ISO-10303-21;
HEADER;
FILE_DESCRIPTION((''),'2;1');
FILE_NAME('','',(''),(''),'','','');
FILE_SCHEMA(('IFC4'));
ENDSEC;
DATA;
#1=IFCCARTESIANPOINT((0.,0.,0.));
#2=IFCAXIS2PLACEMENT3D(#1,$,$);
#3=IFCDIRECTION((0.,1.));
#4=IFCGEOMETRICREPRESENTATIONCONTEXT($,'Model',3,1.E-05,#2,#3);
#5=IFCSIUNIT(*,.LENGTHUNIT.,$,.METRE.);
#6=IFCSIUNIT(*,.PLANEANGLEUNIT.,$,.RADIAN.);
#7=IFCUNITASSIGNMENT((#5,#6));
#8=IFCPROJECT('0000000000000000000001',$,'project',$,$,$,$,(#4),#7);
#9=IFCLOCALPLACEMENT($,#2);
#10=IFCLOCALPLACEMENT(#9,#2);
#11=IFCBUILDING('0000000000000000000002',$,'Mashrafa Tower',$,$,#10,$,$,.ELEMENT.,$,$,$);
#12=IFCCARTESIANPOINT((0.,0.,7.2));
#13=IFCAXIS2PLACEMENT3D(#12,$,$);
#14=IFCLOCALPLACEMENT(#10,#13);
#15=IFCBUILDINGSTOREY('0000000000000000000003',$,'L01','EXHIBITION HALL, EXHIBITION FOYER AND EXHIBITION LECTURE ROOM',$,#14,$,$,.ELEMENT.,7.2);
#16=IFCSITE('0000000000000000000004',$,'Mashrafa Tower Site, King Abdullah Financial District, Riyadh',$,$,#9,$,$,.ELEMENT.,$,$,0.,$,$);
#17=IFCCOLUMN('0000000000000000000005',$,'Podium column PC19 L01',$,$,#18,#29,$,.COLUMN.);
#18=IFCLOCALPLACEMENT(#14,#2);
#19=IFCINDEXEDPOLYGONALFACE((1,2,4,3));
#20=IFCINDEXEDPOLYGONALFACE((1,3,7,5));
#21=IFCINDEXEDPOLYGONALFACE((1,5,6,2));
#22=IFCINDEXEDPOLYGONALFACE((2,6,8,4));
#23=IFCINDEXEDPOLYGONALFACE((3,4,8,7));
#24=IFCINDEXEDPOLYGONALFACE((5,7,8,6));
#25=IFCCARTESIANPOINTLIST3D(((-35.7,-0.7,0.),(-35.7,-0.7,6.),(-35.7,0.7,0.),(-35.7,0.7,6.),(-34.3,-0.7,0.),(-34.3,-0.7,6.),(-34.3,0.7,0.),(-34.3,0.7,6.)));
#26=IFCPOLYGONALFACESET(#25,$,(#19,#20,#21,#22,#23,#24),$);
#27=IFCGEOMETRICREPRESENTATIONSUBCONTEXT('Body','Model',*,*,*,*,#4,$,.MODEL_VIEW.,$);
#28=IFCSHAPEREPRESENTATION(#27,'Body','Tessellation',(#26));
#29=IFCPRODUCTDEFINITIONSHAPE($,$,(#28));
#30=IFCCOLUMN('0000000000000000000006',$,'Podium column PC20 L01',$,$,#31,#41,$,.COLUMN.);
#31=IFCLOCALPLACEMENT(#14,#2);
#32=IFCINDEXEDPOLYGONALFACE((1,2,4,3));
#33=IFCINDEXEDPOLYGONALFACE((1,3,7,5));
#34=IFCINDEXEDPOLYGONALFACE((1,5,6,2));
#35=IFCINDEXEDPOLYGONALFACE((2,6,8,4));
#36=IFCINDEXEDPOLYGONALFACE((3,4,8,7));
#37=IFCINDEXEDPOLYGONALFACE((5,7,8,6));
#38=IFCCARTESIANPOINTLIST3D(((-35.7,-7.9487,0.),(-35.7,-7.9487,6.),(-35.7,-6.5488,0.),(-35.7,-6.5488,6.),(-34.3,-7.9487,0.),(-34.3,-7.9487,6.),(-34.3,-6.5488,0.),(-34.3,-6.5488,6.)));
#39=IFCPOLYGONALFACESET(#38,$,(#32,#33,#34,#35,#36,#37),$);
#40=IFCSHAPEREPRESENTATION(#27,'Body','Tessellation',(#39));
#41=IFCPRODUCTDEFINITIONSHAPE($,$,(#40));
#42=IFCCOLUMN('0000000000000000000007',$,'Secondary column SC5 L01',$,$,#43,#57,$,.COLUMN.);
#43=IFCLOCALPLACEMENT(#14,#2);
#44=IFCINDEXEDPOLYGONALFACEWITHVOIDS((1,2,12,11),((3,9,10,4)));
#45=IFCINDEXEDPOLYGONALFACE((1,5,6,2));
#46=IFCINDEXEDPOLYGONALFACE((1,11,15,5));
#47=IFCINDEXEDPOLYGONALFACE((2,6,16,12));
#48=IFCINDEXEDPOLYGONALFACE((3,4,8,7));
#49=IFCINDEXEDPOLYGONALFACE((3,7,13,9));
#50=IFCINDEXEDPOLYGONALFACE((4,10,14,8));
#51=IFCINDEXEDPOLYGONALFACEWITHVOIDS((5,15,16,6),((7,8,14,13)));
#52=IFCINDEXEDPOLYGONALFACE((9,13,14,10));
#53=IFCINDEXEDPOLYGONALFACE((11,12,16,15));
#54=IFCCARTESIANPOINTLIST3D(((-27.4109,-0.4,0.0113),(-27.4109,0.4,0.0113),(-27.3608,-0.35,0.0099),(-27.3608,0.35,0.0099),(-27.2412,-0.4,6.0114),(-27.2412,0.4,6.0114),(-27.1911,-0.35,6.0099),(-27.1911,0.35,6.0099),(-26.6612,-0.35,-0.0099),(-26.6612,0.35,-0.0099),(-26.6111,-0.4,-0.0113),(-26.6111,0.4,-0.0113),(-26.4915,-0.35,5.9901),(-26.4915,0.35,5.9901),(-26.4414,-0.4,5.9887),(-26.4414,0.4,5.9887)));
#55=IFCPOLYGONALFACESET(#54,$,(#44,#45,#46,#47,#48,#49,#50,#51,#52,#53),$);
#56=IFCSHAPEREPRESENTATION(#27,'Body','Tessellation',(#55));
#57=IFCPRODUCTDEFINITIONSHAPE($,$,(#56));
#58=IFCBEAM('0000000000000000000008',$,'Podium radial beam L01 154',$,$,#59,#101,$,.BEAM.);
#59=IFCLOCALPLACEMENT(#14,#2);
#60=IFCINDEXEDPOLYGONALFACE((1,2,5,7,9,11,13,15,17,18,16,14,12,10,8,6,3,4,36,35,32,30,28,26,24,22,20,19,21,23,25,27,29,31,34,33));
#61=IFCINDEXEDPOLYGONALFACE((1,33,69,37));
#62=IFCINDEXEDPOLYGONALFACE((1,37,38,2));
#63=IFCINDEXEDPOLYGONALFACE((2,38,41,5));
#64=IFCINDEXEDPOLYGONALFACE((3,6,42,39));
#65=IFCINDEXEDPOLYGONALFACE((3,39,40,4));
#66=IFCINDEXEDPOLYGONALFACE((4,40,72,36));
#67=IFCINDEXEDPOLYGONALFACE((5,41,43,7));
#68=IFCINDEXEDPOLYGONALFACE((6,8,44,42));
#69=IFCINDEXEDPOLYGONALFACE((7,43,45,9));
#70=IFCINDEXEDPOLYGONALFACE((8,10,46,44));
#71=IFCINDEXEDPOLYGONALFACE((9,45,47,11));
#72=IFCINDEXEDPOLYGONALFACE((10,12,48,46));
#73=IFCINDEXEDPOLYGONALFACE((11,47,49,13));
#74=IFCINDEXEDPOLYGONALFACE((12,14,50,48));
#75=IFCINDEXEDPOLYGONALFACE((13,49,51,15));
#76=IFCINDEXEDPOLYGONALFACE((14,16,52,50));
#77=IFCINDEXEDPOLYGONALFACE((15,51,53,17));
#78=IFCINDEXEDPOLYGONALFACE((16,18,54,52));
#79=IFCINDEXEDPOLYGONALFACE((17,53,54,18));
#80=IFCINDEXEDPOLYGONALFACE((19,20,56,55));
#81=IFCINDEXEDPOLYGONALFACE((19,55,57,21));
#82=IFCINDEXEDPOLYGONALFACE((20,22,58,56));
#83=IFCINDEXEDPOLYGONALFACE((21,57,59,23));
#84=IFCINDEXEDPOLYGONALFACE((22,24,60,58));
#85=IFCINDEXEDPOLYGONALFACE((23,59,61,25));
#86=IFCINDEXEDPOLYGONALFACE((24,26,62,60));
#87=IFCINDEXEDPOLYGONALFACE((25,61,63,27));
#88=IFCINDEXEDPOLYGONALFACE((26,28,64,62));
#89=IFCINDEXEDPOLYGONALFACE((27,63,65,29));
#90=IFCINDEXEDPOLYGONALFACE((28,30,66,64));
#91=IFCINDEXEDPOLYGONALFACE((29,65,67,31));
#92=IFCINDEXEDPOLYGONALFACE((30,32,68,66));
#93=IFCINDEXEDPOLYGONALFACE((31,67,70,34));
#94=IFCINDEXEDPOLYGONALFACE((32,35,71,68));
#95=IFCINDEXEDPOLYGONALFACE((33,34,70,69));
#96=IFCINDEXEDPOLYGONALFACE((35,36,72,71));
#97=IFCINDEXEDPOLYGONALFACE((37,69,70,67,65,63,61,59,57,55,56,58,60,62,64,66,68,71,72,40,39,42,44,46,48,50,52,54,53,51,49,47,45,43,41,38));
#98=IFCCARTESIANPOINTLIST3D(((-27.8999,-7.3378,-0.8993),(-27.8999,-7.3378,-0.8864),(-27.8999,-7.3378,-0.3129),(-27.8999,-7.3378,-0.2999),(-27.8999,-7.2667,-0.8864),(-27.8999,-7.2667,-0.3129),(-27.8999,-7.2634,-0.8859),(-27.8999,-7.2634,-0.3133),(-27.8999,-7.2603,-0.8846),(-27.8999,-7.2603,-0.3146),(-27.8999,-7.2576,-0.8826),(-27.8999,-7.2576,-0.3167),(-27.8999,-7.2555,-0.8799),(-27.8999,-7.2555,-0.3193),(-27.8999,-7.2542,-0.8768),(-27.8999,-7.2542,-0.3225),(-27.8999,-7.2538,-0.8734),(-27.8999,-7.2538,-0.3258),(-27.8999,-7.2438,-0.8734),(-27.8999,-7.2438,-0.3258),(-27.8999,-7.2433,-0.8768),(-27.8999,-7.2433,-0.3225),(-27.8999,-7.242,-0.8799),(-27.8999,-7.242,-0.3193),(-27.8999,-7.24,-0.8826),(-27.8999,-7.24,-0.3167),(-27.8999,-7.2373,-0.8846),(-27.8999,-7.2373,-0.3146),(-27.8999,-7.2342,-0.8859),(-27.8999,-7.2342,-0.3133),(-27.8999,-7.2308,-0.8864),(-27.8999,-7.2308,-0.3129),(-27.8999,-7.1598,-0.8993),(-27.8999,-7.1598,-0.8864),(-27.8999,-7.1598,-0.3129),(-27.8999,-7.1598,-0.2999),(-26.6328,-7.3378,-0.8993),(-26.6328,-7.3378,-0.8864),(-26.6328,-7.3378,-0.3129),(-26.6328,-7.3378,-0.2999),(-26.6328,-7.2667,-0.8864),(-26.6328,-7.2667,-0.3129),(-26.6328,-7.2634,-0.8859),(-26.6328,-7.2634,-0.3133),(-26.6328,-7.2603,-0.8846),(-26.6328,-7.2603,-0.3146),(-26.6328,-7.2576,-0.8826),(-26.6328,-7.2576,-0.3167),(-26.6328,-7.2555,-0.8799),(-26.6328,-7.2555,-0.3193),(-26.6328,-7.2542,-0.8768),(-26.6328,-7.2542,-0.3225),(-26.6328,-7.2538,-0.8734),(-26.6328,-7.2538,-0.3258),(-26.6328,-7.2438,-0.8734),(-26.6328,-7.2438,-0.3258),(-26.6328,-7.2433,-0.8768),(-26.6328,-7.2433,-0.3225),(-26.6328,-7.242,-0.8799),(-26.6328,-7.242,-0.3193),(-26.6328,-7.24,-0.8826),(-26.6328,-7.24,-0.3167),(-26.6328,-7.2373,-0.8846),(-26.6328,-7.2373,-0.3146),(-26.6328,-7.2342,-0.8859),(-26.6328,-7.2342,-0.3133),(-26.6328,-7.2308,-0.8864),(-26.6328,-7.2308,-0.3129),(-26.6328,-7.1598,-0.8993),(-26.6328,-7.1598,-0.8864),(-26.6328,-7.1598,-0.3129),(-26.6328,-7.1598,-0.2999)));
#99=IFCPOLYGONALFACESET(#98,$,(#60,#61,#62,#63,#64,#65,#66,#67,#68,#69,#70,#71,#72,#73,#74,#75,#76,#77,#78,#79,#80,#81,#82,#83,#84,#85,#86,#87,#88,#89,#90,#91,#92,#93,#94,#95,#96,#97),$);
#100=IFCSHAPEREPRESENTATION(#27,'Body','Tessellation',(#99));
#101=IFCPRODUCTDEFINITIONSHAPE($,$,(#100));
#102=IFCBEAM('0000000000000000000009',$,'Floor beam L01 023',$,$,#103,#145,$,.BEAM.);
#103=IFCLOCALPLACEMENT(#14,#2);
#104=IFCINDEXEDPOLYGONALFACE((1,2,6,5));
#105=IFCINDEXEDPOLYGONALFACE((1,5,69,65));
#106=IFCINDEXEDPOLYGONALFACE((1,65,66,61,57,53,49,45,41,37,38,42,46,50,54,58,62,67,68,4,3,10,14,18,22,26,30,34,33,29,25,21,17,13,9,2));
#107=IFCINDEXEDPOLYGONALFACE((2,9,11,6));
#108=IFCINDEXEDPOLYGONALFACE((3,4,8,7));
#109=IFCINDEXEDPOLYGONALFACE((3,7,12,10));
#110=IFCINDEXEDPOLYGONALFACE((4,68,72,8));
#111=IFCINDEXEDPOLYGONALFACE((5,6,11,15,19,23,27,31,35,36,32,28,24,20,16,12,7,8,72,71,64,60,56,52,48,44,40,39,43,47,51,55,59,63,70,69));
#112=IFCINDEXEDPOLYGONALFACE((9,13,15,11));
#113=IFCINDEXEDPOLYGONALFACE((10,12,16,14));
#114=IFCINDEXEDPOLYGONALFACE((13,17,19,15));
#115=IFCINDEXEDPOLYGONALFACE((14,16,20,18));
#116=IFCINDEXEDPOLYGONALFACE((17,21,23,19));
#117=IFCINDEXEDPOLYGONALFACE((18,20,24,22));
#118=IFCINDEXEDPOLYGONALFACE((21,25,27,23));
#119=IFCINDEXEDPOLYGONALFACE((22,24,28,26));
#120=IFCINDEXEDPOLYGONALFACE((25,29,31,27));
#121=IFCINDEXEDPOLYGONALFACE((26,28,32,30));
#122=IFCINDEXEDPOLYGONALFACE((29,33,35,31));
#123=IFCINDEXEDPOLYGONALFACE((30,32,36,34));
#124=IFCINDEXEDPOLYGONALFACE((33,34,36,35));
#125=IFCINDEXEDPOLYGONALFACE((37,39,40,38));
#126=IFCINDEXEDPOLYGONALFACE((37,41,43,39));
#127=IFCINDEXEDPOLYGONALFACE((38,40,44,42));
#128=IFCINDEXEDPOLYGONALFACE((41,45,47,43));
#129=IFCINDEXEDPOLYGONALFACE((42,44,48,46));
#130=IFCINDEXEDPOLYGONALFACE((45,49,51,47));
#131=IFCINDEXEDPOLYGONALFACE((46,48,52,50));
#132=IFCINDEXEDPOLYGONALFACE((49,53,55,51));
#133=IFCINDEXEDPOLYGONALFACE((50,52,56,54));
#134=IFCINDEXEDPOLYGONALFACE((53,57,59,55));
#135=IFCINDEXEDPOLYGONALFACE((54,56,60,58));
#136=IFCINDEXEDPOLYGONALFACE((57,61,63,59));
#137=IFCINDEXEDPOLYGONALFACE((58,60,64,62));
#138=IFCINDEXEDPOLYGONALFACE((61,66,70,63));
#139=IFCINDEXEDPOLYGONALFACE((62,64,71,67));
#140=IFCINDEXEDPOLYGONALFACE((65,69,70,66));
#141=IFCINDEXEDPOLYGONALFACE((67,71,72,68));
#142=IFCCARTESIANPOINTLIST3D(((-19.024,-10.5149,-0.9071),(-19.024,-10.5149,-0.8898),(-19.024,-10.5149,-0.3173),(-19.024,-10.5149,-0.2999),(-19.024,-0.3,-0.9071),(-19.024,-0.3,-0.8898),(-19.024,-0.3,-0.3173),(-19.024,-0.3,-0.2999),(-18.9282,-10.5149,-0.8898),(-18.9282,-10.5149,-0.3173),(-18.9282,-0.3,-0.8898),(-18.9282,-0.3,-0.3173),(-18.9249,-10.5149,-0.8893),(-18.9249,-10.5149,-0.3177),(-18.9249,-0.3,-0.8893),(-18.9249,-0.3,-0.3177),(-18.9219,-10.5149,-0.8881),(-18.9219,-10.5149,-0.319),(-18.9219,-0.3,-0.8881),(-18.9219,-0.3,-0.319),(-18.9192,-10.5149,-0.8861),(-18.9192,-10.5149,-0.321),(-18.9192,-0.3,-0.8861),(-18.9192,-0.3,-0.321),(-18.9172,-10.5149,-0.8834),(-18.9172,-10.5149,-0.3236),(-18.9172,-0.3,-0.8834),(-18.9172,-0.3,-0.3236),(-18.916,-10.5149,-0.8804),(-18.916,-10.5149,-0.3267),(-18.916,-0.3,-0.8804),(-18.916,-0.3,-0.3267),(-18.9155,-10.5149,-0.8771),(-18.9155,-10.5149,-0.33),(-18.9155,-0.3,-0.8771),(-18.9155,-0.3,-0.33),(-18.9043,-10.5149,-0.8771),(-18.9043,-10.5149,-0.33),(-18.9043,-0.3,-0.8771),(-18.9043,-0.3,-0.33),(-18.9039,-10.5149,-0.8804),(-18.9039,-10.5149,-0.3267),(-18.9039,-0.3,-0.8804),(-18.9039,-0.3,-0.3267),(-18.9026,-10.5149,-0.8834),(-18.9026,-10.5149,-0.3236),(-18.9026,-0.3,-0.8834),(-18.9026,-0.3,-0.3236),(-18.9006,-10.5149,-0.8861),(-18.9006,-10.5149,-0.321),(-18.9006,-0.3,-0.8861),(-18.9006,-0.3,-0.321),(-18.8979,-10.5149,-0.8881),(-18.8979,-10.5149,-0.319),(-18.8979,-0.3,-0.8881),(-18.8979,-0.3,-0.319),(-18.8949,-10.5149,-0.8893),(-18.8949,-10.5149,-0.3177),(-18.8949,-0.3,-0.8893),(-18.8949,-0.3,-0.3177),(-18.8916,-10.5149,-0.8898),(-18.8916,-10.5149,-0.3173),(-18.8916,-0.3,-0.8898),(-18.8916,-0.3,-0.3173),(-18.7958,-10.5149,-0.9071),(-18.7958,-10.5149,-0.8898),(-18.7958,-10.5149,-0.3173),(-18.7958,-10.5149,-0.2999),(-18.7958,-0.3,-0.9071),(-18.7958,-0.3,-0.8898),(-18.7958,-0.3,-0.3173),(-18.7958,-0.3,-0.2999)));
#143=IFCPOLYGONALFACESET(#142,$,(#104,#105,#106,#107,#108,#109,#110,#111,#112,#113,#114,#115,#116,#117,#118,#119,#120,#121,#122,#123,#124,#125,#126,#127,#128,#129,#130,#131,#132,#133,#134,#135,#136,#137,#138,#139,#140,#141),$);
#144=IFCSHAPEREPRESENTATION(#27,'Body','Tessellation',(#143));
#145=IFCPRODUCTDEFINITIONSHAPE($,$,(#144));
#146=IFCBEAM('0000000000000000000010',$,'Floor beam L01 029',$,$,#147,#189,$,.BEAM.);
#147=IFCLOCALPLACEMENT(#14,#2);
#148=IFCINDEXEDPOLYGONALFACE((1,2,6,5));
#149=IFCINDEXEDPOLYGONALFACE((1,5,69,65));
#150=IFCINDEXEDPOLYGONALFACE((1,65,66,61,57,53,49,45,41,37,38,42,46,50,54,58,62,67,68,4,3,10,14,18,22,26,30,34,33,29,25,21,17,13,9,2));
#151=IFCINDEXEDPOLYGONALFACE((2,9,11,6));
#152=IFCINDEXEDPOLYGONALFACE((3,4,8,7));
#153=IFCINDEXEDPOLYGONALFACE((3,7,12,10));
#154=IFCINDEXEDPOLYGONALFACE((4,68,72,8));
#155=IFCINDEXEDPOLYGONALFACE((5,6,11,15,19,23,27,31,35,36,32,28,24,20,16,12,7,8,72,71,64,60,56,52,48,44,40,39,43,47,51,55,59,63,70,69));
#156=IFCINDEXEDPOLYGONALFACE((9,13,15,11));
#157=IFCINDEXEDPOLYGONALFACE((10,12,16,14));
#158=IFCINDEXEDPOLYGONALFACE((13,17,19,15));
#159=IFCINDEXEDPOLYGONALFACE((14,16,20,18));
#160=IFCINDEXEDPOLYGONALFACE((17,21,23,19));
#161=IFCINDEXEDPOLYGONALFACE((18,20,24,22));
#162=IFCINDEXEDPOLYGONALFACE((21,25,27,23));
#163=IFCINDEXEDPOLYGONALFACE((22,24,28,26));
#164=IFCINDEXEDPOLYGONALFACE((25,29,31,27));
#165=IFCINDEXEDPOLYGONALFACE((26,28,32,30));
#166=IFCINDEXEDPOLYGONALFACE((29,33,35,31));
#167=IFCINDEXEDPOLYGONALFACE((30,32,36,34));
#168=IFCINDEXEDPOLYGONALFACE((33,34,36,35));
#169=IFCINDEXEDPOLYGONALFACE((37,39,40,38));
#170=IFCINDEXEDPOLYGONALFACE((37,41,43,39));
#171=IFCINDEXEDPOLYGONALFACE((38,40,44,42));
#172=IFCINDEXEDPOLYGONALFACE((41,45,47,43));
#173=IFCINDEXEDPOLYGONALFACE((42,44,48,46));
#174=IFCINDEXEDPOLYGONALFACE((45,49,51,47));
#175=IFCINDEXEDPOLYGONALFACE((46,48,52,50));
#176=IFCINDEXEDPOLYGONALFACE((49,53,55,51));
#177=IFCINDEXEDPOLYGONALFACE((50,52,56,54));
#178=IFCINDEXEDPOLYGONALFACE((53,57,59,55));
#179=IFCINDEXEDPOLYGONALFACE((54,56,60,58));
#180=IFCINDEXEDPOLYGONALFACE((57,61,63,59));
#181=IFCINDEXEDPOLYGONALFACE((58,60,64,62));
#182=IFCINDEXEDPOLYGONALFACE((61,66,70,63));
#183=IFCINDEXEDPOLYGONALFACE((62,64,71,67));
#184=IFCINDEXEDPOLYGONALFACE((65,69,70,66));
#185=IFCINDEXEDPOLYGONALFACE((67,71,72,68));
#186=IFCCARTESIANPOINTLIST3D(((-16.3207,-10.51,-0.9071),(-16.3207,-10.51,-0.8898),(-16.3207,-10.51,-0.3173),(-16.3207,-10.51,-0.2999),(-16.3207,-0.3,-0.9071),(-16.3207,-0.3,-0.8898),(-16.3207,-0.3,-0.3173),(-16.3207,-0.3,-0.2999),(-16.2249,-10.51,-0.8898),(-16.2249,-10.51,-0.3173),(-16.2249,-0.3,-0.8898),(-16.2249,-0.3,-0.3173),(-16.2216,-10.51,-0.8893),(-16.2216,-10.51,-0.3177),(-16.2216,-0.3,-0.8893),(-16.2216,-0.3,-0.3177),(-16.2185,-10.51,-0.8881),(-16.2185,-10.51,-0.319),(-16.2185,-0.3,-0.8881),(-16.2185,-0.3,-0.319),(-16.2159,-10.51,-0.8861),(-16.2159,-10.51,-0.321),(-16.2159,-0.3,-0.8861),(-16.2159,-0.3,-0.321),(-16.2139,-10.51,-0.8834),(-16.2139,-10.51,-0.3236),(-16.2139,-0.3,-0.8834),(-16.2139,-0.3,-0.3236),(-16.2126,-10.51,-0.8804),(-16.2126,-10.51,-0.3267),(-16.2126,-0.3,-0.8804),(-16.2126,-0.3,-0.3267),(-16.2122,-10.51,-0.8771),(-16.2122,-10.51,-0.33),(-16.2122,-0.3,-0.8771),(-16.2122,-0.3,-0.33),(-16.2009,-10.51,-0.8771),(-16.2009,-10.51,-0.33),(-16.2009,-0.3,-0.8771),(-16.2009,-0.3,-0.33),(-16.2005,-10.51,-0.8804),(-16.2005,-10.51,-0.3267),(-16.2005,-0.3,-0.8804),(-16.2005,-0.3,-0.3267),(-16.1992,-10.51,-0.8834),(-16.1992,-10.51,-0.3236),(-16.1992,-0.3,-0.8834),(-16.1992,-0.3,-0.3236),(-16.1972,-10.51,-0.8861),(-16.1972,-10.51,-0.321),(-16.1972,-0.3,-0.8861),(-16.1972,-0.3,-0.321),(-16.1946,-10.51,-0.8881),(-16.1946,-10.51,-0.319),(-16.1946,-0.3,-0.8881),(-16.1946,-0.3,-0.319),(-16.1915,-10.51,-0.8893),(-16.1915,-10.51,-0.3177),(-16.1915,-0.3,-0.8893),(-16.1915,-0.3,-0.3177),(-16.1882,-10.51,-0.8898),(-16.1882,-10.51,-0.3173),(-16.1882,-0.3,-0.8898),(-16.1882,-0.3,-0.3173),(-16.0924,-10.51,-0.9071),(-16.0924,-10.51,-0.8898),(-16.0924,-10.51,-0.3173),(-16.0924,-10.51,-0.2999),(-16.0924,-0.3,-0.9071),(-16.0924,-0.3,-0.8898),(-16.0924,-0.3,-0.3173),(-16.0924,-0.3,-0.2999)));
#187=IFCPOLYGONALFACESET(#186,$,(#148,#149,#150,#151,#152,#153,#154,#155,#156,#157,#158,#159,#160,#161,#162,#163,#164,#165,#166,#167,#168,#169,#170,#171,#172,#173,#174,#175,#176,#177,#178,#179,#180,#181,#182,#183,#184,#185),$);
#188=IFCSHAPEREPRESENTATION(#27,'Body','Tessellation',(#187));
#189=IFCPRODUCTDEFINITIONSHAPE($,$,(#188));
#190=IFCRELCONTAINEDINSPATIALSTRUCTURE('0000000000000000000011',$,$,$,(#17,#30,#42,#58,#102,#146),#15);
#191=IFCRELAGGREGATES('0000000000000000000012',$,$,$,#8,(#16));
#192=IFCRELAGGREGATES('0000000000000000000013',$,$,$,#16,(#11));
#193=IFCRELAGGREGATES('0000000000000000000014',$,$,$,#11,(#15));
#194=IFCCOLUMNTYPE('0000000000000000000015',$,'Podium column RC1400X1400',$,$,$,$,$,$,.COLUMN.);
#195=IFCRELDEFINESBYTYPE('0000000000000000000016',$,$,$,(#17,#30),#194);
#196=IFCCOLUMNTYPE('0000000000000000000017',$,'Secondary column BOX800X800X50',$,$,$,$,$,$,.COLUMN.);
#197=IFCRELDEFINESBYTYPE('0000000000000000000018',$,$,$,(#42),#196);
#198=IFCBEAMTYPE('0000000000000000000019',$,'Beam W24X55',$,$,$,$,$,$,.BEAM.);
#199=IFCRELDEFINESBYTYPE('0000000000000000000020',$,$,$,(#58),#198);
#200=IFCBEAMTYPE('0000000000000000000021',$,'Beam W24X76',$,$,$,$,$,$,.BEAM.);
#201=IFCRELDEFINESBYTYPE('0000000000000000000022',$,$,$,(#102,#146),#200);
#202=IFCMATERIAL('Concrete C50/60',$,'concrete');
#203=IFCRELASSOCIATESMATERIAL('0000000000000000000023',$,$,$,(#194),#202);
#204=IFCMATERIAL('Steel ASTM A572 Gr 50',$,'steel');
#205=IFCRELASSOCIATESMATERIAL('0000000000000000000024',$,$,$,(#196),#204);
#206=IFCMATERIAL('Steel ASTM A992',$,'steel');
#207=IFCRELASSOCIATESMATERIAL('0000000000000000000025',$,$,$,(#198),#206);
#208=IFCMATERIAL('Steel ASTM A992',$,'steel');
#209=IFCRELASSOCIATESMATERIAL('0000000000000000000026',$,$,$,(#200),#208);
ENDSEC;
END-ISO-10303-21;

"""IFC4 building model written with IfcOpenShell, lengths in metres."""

from ifc_helpers import new_model, si_unit, direction, frame, origin, origin_2d, place, context, subcontext, project, spatial, rectangle, hollow_rectangle, i_section, extrude, material, material_profile, profile_set, type_object, element, save


model = new_model("IFC4")

# Units and contexts
model_context = context("Model", 3, precision=1e-05, world=origin(), true_north=direction((0.0, 1.0)))
body_context = subcontext(model_context, "Body", "Model", "MODEL_VIEW")
ifc_project = project(units=[si_unit("LENGTHUNIT", "METRE"), si_unit("PLANEANGLEUNIT", "RADIAN")], contexts=[model_context])

# Site, building, storey
site_placement = place(None, origin())
site = spatial("IfcSite", under=ifc_project, at=site_placement, Name="Mashrafa Tower Site, King Abdullah Financial District, Riyadh", CompositionType="ELEMENT", RefElevation=0.0)
building_placement = place(site_placement, origin())
building = spatial("IfcBuilding", under=site, at=building_placement, Name="Mashrafa Tower", CompositionType="ELEMENT")
storey_placement = place(building_placement, frame((0.0, 0.0, 7.2)))
storey = spatial("IfcBuildingStorey", under=building, at=storey_placement, Name="L01", Description="EXHIBITION HALL, EXHIBITION FOYER AND EXHIBITION LECTURE ROOM", CompositionType="ELEMENT", Elevation=7.2)

# Columns
ifc_material_1 = material(Name="Concrete C50/60", Category="concrete")
ifc_material_profile_1 = material_profile(ifc_material_1, rectangle(XDim=1.3999, YDim=1.3999, at=origin_2d()), Name="RC1400X1400")
ifc_profile_set_1 = profile_set([ifc_material_profile_1], Name="Concrete C50/60")
column_type_1 = type_object("IfcColumnType", Name="Podium column RC1400X1400", PredefinedType="COLUMN", material=ifc_profile_set_1)
for number, where, z_axis, x_axis, name in (
    (1, (-35.0, 0.0, 0.0), (0.0, 0.0, 1.0), (1.0, 0.0, 0.0), "Podium column PC19 L01"),
    (2, (-35.0, -7.2488, 0.0), (0.0, 0.0, 1.0), (1.0, 0.0, 0.0), "Podium column PC20 L01"),
):
    element("IfcColumn", number, at=place(storey_placement, frame(where, z_axis=z_axis, x_axis=x_axis)), inside=storey, type_object=column_type_1, Name=name, PredefinedType="COLUMN", context=body_context, shape_type="SweptSolid", body=[
        extrude(rectangle(XDim=1.3999, YDim=1.3999, at=origin_2d()), origin(), (0.0, 0.0, 1.0), 6.0),
    ])
ifc_material_2 = material(Name="Steel ASTM A572 Gr 50", Category="steel")
ifc_material_profile_2 = material_profile(ifc_material_2, hollow_rectangle(XDim=0.8, YDim=0.8, WallThickness=0.05, at=origin_2d()), Name="BOX800X800X50")
ifc_profile_set_2 = profile_set([ifc_material_profile_2], Name="Steel ASTM A572 Gr 50")
column_type_2 = type_object("IfcColumnType", Name="Secondary column BOX800X800X50", PredefinedType="COLUMN", material=ifc_profile_set_2)
column_placement = place(storey_placement, frame((-27.011, 0.0, 0.0), z_axis=(0.028268, 0.0, 0.9996), x_axis=(0.0, 1.0, 0.0)))
element("IfcColumn", 3, at=column_placement, inside=storey, type_object=column_type_2, Name="Secondary column SC5 L01", PredefinedType="COLUMN", context=body_context, shape_type="SweptSolid", body=[
    extrude(hollow_rectangle(XDim=0.8, YDim=0.8, WallThickness=0.05, at=origin_2d()), origin(), (0.0, 0.0, 1.0), 6.0024),
])

# Beams
ifc_material_3 = material(Name="Steel ASTM A992", Category="steel")
ifc_material_profile_3 = material_profile(ifc_material_3, i_section(OverallWidth=0.178, OverallDepth=0.5994, WebThickness=0.01, FlangeThickness=0.0129, FilletRadius=0.0129, at=origin_2d()), Name="W24X55")
ifc_profile_set_3 = profile_set([ifc_material_profile_3], Name="Steel ASTM A992")
beam_type_1 = type_object("IfcBeamType", Name="Beam W24X55", PredefinedType="BEAM", material=ifc_profile_set_3)
beam_1_placement = place(storey_placement, frame((-26.6328, -7.2488, -0.5996), z_axis=(-1.0, 0.0, 0.0), x_axis=(0.0, -1.0, 0.0)))
element("IfcBeam", 4, at=beam_1_placement, inside=storey, type_object=beam_type_1, Name="Podium radial beam L01 154", PredefinedType="BEAM", context=body_context, shape_type="SweptSolid", body=[
    extrude(i_section(OverallWidth=0.178, OverallDepth=0.5994, WebThickness=0.01, FlangeThickness=0.0129, FilletRadius=0.0129, at=origin_2d()), origin(), (0.0, 0.0, 1.0), 1.2671),
])
ifc_material_4 = material(Name="Steel ASTM A992", Category="steel")
ifc_material_profile_4 = material_profile(ifc_material_4, i_section(OverallWidth=0.2283, OverallDepth=0.6072, WebThickness=0.0112, FlangeThickness=0.0173, FilletRadius=0.0127, at=origin_2d()), Name="W24X76")
ifc_profile_set_4 = profile_set([ifc_material_profile_4], Name="Steel ASTM A992")
beam_type_2 = type_object("IfcBeamType", Name="Beam W24X76", PredefinedType="BEAM", material=ifc_profile_set_4)
beam_2_placement = place(storey_placement, frame((-18.9099, -10.5149, -0.6035), z_axis=(0.0, 1.0, 0.0), x_axis=(-1.0, 0.0, 0.0)))
element("IfcBeam", 5, at=beam_2_placement, inside=storey, type_object=beam_type_2, Name="Floor beam L01 023", PredefinedType="BEAM", context=body_context, shape_type="SweptSolid", body=[
    extrude(i_section(OverallWidth=0.2283, OverallDepth=0.6072, WebThickness=0.0112, FlangeThickness=0.0173, FilletRadius=0.0127, at=origin_2d()), origin(), (0.0, 0.0, 1.0), 10.2148),
])
beam_3_placement = place(storey_placement, frame((-16.2065, -10.51, -0.6035), z_axis=(0.0, 1.0, 0.0), x_axis=(-1.0, 0.0, 0.0)))
element("IfcBeam", 6, at=beam_3_placement, inside=storey, type_object=beam_type_2, Name="Floor beam L01 029", PredefinedType="BEAM", context=body_context, shape_type="SweptSolid", body=[
    extrude(i_section(OverallWidth=0.2283, OverallDepth=0.6072, WebThickness=0.0112, FlangeThickness=0.0173, FilletRadius=0.0127, at=origin_2d()), origin(), (0.0, 0.0, 1.0), 10.21),
])

save(model, "model.ifc")
